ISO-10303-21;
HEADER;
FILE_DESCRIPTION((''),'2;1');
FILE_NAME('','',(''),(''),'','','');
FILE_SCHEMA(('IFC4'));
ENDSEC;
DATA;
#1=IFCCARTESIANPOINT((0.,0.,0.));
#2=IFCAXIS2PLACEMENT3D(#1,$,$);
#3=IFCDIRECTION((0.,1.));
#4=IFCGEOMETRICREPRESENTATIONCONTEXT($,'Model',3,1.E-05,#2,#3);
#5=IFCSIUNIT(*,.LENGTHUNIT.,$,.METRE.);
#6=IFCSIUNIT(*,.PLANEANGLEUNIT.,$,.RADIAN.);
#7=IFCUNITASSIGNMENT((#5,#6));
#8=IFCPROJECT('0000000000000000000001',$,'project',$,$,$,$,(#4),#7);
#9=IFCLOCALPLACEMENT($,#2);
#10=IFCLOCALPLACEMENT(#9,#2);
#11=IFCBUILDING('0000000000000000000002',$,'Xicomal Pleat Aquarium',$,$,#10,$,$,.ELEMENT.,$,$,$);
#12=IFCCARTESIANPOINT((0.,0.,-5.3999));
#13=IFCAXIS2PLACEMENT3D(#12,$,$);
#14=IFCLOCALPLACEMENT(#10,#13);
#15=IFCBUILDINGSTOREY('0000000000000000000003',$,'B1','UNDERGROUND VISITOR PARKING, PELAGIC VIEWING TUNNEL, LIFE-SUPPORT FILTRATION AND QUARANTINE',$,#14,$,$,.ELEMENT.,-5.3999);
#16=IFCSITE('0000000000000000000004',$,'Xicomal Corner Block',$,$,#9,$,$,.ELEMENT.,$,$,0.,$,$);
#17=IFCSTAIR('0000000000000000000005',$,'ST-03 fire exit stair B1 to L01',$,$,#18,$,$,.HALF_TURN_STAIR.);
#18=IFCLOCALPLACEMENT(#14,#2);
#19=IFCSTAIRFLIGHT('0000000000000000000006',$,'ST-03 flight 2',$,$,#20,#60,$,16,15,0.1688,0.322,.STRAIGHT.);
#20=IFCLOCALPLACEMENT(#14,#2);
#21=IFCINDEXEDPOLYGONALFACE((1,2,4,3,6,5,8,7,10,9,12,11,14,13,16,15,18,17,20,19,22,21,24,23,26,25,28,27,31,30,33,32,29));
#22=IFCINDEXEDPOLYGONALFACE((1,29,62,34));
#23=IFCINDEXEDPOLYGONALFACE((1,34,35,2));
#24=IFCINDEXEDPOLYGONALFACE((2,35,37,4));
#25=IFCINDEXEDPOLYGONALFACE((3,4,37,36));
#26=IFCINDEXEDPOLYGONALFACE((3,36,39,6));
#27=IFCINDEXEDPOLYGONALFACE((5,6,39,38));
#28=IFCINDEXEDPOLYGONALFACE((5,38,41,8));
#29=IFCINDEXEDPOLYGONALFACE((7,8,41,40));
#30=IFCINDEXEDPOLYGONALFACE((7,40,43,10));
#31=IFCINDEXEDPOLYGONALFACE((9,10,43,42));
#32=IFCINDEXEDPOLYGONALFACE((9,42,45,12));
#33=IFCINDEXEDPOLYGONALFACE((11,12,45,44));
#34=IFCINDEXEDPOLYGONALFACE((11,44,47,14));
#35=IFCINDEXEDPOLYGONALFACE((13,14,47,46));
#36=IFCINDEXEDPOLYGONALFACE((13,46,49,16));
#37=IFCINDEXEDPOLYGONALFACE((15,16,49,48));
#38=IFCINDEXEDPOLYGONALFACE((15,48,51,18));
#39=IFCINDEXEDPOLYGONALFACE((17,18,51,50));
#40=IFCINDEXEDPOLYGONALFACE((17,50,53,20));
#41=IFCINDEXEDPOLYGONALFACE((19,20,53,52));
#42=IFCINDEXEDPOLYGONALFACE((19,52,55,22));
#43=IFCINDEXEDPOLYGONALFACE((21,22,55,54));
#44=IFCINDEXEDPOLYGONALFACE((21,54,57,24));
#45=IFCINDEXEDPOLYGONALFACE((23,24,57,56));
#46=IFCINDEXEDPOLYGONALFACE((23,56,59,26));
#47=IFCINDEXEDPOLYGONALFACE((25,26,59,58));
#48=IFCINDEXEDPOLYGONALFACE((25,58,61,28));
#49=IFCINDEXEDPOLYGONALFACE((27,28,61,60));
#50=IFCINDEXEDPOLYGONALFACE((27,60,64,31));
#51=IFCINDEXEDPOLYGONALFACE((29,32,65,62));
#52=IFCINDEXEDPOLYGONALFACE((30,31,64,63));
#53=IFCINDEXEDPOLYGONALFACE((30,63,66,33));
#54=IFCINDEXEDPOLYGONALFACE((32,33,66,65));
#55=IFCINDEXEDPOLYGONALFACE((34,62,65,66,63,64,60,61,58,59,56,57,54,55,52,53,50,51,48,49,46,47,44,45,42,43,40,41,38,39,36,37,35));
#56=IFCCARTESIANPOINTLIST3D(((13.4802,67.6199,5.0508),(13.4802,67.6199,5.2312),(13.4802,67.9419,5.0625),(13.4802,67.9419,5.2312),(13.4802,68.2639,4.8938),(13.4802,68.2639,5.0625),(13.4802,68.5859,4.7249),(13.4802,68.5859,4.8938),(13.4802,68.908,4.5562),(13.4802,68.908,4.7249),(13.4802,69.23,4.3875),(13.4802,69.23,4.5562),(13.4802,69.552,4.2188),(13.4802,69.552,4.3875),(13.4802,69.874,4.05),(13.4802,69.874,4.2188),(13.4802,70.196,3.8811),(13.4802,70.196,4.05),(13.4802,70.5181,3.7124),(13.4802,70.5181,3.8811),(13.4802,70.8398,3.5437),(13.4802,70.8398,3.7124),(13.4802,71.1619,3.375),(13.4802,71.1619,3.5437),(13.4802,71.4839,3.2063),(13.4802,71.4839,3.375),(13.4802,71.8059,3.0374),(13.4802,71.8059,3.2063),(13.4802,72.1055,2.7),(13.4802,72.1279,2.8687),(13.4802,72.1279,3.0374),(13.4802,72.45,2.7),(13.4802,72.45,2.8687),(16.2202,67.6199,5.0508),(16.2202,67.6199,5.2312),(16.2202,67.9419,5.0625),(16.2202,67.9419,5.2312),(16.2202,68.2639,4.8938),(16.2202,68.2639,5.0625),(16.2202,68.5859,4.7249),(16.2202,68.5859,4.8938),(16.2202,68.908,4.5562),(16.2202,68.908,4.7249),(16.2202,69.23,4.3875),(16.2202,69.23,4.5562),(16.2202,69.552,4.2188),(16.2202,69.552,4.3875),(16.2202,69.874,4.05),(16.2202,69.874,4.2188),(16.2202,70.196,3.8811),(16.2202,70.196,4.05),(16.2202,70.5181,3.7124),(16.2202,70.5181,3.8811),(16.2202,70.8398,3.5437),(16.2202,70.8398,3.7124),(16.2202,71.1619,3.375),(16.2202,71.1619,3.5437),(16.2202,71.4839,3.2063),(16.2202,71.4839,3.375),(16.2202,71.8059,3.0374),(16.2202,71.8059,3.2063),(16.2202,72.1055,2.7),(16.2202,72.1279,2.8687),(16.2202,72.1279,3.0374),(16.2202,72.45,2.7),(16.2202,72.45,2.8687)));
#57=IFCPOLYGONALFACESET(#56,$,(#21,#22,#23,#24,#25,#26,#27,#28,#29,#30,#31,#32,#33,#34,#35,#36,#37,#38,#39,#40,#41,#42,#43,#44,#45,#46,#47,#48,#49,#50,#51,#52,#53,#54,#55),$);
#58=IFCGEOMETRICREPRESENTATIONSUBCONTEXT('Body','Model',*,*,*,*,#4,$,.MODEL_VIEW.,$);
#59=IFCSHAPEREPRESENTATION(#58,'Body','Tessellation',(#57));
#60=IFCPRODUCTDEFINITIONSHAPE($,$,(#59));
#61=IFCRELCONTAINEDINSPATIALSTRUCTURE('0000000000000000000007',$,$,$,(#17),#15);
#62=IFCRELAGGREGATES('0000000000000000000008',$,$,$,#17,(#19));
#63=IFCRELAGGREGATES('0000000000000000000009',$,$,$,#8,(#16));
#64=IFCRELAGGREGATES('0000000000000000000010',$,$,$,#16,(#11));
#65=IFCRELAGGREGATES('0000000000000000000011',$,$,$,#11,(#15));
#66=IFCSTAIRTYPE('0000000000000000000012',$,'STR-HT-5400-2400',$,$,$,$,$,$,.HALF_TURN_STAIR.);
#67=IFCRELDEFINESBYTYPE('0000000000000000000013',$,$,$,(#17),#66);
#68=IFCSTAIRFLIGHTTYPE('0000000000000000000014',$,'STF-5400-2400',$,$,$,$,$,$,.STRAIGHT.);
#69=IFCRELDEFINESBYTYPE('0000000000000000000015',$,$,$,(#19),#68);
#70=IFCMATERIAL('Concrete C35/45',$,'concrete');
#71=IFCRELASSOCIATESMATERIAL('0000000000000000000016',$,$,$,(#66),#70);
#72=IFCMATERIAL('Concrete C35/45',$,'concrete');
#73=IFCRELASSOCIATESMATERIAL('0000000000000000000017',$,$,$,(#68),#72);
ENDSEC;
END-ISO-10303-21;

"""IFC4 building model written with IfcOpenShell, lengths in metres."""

from ifc_helpers import new_model, si_unit, direction, frame, origin, place, context, subcontext, project, spatial, polyline, outline, extrude, material, type_object, element, aggregate, save


model = new_model("IFC4")

# Units and contexts
model_context = context("Model", 3, precision=1e-05, world=origin(), true_north=direction((0.0, 1.0)))
body_context = subcontext(model_context, "Body", "Model", "MODEL_VIEW")
ifc_project = project(units=[si_unit("LENGTHUNIT", "METRE"), si_unit("PLANEANGLEUNIT", "RADIAN")], contexts=[model_context])

# Site, building, storey
site_placement = place(None, origin())
site = spatial("IfcSite", under=ifc_project, at=site_placement, Name="Xicomal Corner Block", CompositionType="ELEMENT", RefElevation=0.0)
building_placement = place(site_placement, origin())
building = spatial("IfcBuilding", under=site, at=building_placement, Name="Xicomal Pleat Aquarium", CompositionType="ELEMENT")
storey_placement = place(building_placement, frame((0.0, 0.0, -5.3999)))
storey = spatial("IfcBuildingStorey", under=building, at=storey_placement, Name="B1", Description="UNDERGROUND VISITOR PARKING, PELAGIC VIEWING TUNNEL, LIFE-SUPPORT FILTRATION AND QUARANTINE", CompositionType="ELEMENT", Elevation=-5.3999)

# Stair, stair flight
ifc_material_1 = material(Name="Concrete C35/45", Category="concrete")
stair_type = type_object("IfcStairType", Name="STR-HT-5400-2400", PredefinedType="HALF_TURN_STAIR", material=ifc_material_1)
stair_placement = place(storey_placement, origin())
stair = element("IfcStair", 1, at=stair_placement, inside=storey, type_object=stair_type, Name="ST-03 fire exit stair B1 to L01", PredefinedType="HALF_TURN_STAIR")
ifc_material_2 = material(Name="Concrete C35/45", Category="concrete")
stair_flight_type = type_object("IfcStairFlightType", Name="STF-5400-2400", PredefinedType="STRAIGHT", material=ifc_material_2)
stair_flight_placement = place(storey_placement, frame((14.8501, 72.45, 2.7), z_axis=(0.0, 0.0, 1.0), x_axis=(0.0, -1.0, 0.0)))
stair_flight = element("IfcStairFlight", 2, at=stair_flight_placement, type_object=stair_flight_type, Name="ST-03 flight 2", NumberOfRisers=16, NumberOfTreads=15, PredefinedType="STRAIGHT", RiserHeight=0.1688, TreadLength=0.322, context=body_context, shape_type="SweptSolid", body=[
    extrude(outline(polyline([(0.0, 0.0), (0.0, 0.1687), (0.322, 0.1687), (0.322, 0.3374), (0.644, 0.3374), (0.644, 0.5063), (0.9661, 0.5063), (0.9661, 0.675), (1.2881, 0.675), (1.2881, 0.8438), (1.6101, 0.8438), (1.6101, 1.0125), (1.9319, 1.0125), (1.9319, 1.1812), (2.2539, 1.1812), (2.2539, 1.3501), (2.5759, 1.3501), (2.5759, 1.5188), (2.8979, 1.5188), (2.8979, 1.6875), (3.22, 1.6875), (3.22, 1.8562), (3.542, 1.8562), (3.542, 2.0249), (3.864, 2.0249), (3.864, 2.1938), (4.186, 2.1938), (4.186, 2.3625), (4.5081, 2.3625), (4.5081, 2.5312), (4.8301, 2.5312), (4.8301, 2.7), (4.8301, 2.3508), (0.3445, 0.0), (0.0, 0.0)])), frame((0.0, 1.3701, 0.0), z_axis=(0.0, -1.0, 0.0), x_axis=(1.0, 0.0, 0.0)), (0.0, 0.0, 1.0), 2.74),
])
aggregate(stair, [stair_flight])

save(model, "model.ifc")
